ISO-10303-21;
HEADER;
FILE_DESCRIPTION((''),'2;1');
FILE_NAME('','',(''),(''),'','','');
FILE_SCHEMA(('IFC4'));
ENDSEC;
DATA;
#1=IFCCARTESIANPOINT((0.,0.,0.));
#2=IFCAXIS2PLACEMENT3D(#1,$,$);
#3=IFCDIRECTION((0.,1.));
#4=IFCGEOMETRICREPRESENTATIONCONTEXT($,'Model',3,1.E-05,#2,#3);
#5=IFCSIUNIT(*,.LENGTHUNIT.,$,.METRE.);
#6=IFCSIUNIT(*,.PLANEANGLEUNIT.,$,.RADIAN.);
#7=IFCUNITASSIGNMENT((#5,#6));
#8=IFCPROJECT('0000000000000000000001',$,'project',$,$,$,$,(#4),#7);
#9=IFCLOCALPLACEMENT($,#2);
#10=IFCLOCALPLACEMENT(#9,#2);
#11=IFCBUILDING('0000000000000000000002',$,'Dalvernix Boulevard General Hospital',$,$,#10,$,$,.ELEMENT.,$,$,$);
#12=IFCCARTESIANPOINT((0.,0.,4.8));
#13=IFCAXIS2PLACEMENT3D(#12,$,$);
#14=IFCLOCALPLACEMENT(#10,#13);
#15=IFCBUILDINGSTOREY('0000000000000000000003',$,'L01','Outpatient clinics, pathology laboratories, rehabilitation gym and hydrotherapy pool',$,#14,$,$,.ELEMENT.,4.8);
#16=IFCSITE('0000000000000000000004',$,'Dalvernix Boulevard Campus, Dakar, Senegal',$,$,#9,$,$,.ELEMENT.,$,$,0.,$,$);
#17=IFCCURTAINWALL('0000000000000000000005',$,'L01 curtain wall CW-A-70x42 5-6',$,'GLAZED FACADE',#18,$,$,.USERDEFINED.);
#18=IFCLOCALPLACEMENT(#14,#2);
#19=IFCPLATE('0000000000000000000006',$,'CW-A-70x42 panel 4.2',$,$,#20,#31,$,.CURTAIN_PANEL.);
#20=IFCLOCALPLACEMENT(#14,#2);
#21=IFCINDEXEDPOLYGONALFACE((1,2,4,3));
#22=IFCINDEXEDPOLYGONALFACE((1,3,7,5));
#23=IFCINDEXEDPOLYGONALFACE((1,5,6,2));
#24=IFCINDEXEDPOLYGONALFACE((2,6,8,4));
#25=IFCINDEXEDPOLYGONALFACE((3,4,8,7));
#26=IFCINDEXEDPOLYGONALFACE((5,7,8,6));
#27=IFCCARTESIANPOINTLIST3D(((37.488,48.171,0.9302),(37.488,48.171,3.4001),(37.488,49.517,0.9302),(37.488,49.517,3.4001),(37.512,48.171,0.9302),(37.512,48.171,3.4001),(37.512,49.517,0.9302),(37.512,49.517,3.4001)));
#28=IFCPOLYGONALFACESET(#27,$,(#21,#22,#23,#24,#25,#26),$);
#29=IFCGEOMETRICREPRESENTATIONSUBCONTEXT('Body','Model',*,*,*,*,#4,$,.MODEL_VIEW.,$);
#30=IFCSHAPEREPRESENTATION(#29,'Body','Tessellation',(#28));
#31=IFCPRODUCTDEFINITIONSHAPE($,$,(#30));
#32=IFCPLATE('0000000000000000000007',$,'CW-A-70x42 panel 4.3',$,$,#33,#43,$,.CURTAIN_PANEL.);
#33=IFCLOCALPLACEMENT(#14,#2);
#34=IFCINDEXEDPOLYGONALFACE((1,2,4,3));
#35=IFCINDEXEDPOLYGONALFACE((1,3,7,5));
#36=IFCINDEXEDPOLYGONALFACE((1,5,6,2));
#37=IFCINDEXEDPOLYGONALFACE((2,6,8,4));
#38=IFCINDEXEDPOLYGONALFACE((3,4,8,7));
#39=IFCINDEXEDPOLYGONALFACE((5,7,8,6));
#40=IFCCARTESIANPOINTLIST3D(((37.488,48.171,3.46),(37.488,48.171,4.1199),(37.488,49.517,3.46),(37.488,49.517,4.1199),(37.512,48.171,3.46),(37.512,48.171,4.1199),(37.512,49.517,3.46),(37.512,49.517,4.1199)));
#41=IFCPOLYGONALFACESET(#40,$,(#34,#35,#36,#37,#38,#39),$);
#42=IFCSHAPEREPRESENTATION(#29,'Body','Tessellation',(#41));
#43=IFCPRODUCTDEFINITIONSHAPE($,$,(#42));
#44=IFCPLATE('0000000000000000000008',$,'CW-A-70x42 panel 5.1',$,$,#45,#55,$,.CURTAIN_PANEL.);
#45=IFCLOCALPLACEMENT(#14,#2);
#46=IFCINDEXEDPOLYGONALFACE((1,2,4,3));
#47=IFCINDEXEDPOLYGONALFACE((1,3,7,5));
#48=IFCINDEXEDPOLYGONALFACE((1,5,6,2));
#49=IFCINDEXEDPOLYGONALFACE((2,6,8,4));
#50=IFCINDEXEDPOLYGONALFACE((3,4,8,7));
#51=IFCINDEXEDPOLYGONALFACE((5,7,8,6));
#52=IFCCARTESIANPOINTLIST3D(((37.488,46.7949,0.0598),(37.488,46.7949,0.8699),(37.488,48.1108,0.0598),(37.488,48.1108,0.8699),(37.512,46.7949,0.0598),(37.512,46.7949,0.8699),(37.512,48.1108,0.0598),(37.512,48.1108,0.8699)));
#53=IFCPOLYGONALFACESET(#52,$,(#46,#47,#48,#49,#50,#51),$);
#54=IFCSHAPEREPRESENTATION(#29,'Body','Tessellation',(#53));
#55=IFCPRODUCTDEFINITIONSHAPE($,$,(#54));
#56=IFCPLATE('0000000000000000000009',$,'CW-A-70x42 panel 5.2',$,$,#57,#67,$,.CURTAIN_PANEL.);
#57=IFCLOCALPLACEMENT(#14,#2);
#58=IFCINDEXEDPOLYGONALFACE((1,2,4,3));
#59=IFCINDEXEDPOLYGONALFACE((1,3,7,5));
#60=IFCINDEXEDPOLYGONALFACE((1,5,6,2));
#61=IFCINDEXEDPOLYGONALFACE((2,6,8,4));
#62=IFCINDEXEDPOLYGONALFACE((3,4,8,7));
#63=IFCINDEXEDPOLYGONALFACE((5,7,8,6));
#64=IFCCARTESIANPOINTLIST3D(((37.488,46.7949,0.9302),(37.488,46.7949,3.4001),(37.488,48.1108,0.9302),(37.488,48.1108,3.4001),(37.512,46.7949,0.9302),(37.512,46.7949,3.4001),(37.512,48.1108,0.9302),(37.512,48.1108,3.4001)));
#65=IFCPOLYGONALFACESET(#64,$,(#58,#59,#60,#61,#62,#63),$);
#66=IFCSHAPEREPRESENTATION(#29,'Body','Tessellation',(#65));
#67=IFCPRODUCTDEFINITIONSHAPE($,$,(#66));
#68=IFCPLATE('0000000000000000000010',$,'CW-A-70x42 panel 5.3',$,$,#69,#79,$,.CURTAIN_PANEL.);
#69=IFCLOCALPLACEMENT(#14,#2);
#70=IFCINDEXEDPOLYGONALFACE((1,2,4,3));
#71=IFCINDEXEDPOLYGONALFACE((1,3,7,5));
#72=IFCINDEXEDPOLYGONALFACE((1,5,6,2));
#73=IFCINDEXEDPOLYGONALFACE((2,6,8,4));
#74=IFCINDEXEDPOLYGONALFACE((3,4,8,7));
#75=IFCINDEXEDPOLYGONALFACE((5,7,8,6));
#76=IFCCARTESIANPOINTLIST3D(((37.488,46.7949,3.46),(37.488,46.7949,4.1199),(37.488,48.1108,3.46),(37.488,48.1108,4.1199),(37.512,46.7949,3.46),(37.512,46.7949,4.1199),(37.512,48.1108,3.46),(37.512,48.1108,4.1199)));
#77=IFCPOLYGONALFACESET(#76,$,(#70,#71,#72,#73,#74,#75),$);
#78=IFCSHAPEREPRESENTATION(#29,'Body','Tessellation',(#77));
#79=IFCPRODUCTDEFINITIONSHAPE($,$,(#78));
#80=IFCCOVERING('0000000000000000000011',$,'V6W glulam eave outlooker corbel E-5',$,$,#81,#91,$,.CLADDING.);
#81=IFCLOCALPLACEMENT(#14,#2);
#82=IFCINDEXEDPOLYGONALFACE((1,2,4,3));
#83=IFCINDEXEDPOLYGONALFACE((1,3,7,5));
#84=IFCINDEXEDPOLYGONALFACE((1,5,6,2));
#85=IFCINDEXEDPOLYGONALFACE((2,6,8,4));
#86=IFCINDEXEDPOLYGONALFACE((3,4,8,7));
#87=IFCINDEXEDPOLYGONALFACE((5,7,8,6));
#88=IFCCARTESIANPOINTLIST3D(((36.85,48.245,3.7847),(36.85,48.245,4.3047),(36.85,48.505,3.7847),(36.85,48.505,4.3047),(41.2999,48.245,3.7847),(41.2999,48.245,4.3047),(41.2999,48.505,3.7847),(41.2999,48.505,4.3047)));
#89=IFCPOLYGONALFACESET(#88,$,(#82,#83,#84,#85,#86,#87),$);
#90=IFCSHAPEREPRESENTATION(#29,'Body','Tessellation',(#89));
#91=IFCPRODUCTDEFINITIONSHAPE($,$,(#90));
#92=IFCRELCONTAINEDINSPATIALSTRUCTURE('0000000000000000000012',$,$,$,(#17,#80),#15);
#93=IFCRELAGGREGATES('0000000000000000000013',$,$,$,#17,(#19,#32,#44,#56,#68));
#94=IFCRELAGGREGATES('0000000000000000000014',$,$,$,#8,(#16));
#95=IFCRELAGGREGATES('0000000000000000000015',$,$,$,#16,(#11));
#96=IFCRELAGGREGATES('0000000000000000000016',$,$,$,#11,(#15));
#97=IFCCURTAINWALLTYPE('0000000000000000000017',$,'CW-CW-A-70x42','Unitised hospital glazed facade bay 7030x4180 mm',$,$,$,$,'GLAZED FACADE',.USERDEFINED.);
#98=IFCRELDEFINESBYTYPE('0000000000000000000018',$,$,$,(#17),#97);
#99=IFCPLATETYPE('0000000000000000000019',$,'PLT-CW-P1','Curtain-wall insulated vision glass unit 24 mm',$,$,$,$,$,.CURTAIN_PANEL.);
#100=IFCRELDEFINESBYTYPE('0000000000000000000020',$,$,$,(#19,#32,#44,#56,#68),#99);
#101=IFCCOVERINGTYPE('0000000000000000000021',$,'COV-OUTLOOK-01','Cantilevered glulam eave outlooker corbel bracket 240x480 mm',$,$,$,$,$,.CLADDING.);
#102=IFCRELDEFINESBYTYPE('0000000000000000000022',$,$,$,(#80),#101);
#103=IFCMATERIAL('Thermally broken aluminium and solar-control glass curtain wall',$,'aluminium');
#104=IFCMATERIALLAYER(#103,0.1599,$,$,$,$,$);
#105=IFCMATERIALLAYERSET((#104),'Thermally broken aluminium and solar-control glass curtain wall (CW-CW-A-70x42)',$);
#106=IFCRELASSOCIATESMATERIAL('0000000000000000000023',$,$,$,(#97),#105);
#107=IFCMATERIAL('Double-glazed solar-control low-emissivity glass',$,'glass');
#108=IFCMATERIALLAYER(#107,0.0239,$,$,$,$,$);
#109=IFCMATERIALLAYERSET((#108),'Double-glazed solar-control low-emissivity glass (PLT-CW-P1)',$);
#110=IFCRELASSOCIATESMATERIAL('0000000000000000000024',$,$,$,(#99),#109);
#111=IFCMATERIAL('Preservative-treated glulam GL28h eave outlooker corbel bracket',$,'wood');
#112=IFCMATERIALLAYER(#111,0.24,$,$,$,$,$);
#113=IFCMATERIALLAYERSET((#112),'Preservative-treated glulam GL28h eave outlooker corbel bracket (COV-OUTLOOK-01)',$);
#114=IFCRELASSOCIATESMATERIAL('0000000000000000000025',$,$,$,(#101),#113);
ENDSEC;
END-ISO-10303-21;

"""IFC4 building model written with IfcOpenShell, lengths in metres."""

from ifc_helpers import new_model, si_unit, direction, frame, origin, origin_2d, place, context, subcontext, project, spatial, rectangle, extrude, material, layer, layer_set, type_object, element, aggregate, save


model = new_model("IFC4")

# Units and contexts
model_context = context("Model", 3, precision=1e-05, world=origin(), true_north=direction((0.0, 1.0)))
body_context = subcontext(model_context, "Body", "Model", "MODEL_VIEW")
ifc_project = project(units=[si_unit("LENGTHUNIT", "METRE"), si_unit("PLANEANGLEUNIT", "RADIAN")], contexts=[model_context])

# Site, building, storey
site_placement = place(None, origin())
site = spatial("IfcSite", under=ifc_project, at=site_placement, Name="Dalvernix Boulevard Campus, Dakar, Senegal", CompositionType="ELEMENT", RefElevation=0.0)
building_placement = place(site_placement, origin())
building = spatial("IfcBuilding", under=site, at=building_placement, Name="Dalvernix Boulevard General Hospital", CompositionType="ELEMENT")
storey_placement = place(building_placement, frame((0.0, 0.0, 4.8)))
storey = spatial("IfcBuildingStorey", under=building, at=storey_placement, Name="L01", Description="Outpatient clinics, pathology laboratories, rehabilitation gym and hydrotherapy pool", CompositionType="ELEMENT", Elevation=4.8)

# Curtain wall, plates
ifc_material_1 = material(Name="Thermally broken aluminium and solar-control glass curtain wall", Category="aluminium")
ifc_layer_1 = layer(ifc_material_1, 0.1599)
ifc_layer_set_1 = layer_set([ifc_layer_1], Name="Thermally broken aluminium and solar-control glass curtain wall (CW-CW-A-70x42)")
curtain_wall_type = type_object("IfcCurtainWallType", Name="CW-CW-A-70x42", Description="Unitised hospital glazed facade bay 7030x4180 mm", ElementType="GLAZED FACADE", PredefinedType="USERDEFINED", material=ifc_layer_set_1)
curtain_wall_placement = place(storey_placement, origin())
curtain_wall = element("IfcCurtainWall", 1, at=curtain_wall_placement, inside=storey, type_object=curtain_wall_type, Name="L01 curtain wall CW-A-70x42 5-6", ObjectType="GLAZED FACADE", PredefinedType="USERDEFINED")
ifc_material_2 = material(Name="Double-glazed solar-control low-emissivity glass", Category="glass")
ifc_layer_2 = layer(ifc_material_2, 0.0239)
ifc_layer_set_2 = layer_set([ifc_layer_2], Name="Double-glazed solar-control low-emissivity glass (PLT-CW-P1)")
plate_type = type_object("IfcPlateType", Name="PLT-CW-P1", Description="Curtain-wall insulated vision glass unit 24 mm", PredefinedType="CURTAIN_PANEL", material=ifc_layer_set_2)
plate_1_placement = place(storey_placement, frame((37.5, 48.844, 0.9302), z_axis=(0.0, 0.0, 1.0), x_axis=(0.0, -1.0, 0.0)))
plate_1 = element("IfcPlate", 2, at=plate_1_placement, type_object=plate_type, Name="CW-A-70x42 panel 4.2", PredefinedType="CURTAIN_PANEL", context=body_context, shape_type="SweptSolid", body=[
    extrude(rectangle(XDim=1.3459, YDim=0.0239, at=origin_2d()), origin(), (0.0, 0.0, 1.0), 2.47),
])
plate_2_placement = place(storey_placement, frame((37.5, 48.844, 3.46), z_axis=(0.0, 0.0, 1.0), x_axis=(0.0, -1.0, 0.0)))
plate_2 = element("IfcPlate", 3, at=plate_2_placement, type_object=plate_type, Name="CW-A-70x42 panel 4.3", PredefinedType="CURTAIN_PANEL", context=body_context, shape_type="SweptSolid", body=[
    extrude(rectangle(XDim=1.3459, YDim=0.0239, at=origin_2d()), origin(), (0.0, 0.0, 1.0), 0.6599),
])
plate_3_placement = place(storey_placement, frame((37.5, 47.4529, 0.0598), z_axis=(0.0, 0.0, 1.0), x_axis=(0.0, -1.0, 0.0)))
plate_3 = element("IfcPlate", 4, at=plate_3_placement, type_object=plate_type, Name="CW-A-70x42 panel 5.1", PredefinedType="CURTAIN_PANEL", context=body_context, shape_type="SweptSolid", body=[
    extrude(rectangle(XDim=1.3159, YDim=0.0239, at=origin_2d()), origin(), (0.0, 0.0, 1.0), 0.8101),
])
plate_4_placement = place(storey_placement, frame((37.5, 47.4529, 0.9302), z_axis=(0.0, 0.0, 1.0), x_axis=(0.0, -1.0, 0.0)))
plate_4 = element("IfcPlate", 5, at=plate_4_placement, type_object=plate_type, Name="CW-A-70x42 panel 5.2", PredefinedType="CURTAIN_PANEL", context=body_context, shape_type="SweptSolid", body=[
    extrude(rectangle(XDim=1.3159, YDim=0.0239, at=origin_2d()), origin(), (0.0, 0.0, 1.0), 2.47),
])
plate_5_placement = place(storey_placement, frame((37.5, 47.4529, 3.46), z_axis=(0.0, 0.0, 1.0), x_axis=(0.0, -1.0, 0.0)))
plate_5 = element("IfcPlate", 6, at=plate_5_placement, type_object=plate_type, Name="CW-A-70x42 panel 5.3", PredefinedType="CURTAIN_PANEL", context=body_context, shape_type="SweptSolid", body=[
    extrude(rectangle(XDim=1.3159, YDim=0.0239, at=origin_2d()), origin(), (0.0, 0.0, 1.0), 0.6599),
])
aggregate(curtain_wall, [plate_1, plate_2, plate_3, plate_4, plate_5])

# Covering
ifc_material_3 = material(Name="Preservative-treated glulam GL28h eave outlooker corbel bracket", Category="wood")
ifc_layer_3 = layer(ifc_material_3, 0.24)
ifc_layer_set_3 = layer_set([ifc_layer_3], Name="Preservative-treated glulam GL28h eave outlooker corbel bracket (COV-OUTLOOK-01)")
covering_type = type_object("IfcCoveringType", Name="COV-OUTLOOK-01", Description="Cantilevered glulam eave outlooker corbel bracket 240x480 mm", PredefinedType="CLADDING", material=ifc_layer_set_3)
covering_placement = place(storey_placement, frame((39.075, 48.375, 3.7847), z_axis=(0.0, 0.0, 1.0), x_axis=(1.0, 0.0, 0.0)))
element("IfcCovering", 7, at=covering_placement, inside=storey, type_object=covering_type, Name="V6W glulam eave outlooker corbel E-5", PredefinedType="CLADDING", context=body_context, shape_type="SweptSolid", body=[
    extrude(rectangle(XDim=4.45, YDim=0.26, at=origin_2d()), origin(), (0.0, 0.0, 1.0), 0.52),
])

save(model, "model.ifc")
